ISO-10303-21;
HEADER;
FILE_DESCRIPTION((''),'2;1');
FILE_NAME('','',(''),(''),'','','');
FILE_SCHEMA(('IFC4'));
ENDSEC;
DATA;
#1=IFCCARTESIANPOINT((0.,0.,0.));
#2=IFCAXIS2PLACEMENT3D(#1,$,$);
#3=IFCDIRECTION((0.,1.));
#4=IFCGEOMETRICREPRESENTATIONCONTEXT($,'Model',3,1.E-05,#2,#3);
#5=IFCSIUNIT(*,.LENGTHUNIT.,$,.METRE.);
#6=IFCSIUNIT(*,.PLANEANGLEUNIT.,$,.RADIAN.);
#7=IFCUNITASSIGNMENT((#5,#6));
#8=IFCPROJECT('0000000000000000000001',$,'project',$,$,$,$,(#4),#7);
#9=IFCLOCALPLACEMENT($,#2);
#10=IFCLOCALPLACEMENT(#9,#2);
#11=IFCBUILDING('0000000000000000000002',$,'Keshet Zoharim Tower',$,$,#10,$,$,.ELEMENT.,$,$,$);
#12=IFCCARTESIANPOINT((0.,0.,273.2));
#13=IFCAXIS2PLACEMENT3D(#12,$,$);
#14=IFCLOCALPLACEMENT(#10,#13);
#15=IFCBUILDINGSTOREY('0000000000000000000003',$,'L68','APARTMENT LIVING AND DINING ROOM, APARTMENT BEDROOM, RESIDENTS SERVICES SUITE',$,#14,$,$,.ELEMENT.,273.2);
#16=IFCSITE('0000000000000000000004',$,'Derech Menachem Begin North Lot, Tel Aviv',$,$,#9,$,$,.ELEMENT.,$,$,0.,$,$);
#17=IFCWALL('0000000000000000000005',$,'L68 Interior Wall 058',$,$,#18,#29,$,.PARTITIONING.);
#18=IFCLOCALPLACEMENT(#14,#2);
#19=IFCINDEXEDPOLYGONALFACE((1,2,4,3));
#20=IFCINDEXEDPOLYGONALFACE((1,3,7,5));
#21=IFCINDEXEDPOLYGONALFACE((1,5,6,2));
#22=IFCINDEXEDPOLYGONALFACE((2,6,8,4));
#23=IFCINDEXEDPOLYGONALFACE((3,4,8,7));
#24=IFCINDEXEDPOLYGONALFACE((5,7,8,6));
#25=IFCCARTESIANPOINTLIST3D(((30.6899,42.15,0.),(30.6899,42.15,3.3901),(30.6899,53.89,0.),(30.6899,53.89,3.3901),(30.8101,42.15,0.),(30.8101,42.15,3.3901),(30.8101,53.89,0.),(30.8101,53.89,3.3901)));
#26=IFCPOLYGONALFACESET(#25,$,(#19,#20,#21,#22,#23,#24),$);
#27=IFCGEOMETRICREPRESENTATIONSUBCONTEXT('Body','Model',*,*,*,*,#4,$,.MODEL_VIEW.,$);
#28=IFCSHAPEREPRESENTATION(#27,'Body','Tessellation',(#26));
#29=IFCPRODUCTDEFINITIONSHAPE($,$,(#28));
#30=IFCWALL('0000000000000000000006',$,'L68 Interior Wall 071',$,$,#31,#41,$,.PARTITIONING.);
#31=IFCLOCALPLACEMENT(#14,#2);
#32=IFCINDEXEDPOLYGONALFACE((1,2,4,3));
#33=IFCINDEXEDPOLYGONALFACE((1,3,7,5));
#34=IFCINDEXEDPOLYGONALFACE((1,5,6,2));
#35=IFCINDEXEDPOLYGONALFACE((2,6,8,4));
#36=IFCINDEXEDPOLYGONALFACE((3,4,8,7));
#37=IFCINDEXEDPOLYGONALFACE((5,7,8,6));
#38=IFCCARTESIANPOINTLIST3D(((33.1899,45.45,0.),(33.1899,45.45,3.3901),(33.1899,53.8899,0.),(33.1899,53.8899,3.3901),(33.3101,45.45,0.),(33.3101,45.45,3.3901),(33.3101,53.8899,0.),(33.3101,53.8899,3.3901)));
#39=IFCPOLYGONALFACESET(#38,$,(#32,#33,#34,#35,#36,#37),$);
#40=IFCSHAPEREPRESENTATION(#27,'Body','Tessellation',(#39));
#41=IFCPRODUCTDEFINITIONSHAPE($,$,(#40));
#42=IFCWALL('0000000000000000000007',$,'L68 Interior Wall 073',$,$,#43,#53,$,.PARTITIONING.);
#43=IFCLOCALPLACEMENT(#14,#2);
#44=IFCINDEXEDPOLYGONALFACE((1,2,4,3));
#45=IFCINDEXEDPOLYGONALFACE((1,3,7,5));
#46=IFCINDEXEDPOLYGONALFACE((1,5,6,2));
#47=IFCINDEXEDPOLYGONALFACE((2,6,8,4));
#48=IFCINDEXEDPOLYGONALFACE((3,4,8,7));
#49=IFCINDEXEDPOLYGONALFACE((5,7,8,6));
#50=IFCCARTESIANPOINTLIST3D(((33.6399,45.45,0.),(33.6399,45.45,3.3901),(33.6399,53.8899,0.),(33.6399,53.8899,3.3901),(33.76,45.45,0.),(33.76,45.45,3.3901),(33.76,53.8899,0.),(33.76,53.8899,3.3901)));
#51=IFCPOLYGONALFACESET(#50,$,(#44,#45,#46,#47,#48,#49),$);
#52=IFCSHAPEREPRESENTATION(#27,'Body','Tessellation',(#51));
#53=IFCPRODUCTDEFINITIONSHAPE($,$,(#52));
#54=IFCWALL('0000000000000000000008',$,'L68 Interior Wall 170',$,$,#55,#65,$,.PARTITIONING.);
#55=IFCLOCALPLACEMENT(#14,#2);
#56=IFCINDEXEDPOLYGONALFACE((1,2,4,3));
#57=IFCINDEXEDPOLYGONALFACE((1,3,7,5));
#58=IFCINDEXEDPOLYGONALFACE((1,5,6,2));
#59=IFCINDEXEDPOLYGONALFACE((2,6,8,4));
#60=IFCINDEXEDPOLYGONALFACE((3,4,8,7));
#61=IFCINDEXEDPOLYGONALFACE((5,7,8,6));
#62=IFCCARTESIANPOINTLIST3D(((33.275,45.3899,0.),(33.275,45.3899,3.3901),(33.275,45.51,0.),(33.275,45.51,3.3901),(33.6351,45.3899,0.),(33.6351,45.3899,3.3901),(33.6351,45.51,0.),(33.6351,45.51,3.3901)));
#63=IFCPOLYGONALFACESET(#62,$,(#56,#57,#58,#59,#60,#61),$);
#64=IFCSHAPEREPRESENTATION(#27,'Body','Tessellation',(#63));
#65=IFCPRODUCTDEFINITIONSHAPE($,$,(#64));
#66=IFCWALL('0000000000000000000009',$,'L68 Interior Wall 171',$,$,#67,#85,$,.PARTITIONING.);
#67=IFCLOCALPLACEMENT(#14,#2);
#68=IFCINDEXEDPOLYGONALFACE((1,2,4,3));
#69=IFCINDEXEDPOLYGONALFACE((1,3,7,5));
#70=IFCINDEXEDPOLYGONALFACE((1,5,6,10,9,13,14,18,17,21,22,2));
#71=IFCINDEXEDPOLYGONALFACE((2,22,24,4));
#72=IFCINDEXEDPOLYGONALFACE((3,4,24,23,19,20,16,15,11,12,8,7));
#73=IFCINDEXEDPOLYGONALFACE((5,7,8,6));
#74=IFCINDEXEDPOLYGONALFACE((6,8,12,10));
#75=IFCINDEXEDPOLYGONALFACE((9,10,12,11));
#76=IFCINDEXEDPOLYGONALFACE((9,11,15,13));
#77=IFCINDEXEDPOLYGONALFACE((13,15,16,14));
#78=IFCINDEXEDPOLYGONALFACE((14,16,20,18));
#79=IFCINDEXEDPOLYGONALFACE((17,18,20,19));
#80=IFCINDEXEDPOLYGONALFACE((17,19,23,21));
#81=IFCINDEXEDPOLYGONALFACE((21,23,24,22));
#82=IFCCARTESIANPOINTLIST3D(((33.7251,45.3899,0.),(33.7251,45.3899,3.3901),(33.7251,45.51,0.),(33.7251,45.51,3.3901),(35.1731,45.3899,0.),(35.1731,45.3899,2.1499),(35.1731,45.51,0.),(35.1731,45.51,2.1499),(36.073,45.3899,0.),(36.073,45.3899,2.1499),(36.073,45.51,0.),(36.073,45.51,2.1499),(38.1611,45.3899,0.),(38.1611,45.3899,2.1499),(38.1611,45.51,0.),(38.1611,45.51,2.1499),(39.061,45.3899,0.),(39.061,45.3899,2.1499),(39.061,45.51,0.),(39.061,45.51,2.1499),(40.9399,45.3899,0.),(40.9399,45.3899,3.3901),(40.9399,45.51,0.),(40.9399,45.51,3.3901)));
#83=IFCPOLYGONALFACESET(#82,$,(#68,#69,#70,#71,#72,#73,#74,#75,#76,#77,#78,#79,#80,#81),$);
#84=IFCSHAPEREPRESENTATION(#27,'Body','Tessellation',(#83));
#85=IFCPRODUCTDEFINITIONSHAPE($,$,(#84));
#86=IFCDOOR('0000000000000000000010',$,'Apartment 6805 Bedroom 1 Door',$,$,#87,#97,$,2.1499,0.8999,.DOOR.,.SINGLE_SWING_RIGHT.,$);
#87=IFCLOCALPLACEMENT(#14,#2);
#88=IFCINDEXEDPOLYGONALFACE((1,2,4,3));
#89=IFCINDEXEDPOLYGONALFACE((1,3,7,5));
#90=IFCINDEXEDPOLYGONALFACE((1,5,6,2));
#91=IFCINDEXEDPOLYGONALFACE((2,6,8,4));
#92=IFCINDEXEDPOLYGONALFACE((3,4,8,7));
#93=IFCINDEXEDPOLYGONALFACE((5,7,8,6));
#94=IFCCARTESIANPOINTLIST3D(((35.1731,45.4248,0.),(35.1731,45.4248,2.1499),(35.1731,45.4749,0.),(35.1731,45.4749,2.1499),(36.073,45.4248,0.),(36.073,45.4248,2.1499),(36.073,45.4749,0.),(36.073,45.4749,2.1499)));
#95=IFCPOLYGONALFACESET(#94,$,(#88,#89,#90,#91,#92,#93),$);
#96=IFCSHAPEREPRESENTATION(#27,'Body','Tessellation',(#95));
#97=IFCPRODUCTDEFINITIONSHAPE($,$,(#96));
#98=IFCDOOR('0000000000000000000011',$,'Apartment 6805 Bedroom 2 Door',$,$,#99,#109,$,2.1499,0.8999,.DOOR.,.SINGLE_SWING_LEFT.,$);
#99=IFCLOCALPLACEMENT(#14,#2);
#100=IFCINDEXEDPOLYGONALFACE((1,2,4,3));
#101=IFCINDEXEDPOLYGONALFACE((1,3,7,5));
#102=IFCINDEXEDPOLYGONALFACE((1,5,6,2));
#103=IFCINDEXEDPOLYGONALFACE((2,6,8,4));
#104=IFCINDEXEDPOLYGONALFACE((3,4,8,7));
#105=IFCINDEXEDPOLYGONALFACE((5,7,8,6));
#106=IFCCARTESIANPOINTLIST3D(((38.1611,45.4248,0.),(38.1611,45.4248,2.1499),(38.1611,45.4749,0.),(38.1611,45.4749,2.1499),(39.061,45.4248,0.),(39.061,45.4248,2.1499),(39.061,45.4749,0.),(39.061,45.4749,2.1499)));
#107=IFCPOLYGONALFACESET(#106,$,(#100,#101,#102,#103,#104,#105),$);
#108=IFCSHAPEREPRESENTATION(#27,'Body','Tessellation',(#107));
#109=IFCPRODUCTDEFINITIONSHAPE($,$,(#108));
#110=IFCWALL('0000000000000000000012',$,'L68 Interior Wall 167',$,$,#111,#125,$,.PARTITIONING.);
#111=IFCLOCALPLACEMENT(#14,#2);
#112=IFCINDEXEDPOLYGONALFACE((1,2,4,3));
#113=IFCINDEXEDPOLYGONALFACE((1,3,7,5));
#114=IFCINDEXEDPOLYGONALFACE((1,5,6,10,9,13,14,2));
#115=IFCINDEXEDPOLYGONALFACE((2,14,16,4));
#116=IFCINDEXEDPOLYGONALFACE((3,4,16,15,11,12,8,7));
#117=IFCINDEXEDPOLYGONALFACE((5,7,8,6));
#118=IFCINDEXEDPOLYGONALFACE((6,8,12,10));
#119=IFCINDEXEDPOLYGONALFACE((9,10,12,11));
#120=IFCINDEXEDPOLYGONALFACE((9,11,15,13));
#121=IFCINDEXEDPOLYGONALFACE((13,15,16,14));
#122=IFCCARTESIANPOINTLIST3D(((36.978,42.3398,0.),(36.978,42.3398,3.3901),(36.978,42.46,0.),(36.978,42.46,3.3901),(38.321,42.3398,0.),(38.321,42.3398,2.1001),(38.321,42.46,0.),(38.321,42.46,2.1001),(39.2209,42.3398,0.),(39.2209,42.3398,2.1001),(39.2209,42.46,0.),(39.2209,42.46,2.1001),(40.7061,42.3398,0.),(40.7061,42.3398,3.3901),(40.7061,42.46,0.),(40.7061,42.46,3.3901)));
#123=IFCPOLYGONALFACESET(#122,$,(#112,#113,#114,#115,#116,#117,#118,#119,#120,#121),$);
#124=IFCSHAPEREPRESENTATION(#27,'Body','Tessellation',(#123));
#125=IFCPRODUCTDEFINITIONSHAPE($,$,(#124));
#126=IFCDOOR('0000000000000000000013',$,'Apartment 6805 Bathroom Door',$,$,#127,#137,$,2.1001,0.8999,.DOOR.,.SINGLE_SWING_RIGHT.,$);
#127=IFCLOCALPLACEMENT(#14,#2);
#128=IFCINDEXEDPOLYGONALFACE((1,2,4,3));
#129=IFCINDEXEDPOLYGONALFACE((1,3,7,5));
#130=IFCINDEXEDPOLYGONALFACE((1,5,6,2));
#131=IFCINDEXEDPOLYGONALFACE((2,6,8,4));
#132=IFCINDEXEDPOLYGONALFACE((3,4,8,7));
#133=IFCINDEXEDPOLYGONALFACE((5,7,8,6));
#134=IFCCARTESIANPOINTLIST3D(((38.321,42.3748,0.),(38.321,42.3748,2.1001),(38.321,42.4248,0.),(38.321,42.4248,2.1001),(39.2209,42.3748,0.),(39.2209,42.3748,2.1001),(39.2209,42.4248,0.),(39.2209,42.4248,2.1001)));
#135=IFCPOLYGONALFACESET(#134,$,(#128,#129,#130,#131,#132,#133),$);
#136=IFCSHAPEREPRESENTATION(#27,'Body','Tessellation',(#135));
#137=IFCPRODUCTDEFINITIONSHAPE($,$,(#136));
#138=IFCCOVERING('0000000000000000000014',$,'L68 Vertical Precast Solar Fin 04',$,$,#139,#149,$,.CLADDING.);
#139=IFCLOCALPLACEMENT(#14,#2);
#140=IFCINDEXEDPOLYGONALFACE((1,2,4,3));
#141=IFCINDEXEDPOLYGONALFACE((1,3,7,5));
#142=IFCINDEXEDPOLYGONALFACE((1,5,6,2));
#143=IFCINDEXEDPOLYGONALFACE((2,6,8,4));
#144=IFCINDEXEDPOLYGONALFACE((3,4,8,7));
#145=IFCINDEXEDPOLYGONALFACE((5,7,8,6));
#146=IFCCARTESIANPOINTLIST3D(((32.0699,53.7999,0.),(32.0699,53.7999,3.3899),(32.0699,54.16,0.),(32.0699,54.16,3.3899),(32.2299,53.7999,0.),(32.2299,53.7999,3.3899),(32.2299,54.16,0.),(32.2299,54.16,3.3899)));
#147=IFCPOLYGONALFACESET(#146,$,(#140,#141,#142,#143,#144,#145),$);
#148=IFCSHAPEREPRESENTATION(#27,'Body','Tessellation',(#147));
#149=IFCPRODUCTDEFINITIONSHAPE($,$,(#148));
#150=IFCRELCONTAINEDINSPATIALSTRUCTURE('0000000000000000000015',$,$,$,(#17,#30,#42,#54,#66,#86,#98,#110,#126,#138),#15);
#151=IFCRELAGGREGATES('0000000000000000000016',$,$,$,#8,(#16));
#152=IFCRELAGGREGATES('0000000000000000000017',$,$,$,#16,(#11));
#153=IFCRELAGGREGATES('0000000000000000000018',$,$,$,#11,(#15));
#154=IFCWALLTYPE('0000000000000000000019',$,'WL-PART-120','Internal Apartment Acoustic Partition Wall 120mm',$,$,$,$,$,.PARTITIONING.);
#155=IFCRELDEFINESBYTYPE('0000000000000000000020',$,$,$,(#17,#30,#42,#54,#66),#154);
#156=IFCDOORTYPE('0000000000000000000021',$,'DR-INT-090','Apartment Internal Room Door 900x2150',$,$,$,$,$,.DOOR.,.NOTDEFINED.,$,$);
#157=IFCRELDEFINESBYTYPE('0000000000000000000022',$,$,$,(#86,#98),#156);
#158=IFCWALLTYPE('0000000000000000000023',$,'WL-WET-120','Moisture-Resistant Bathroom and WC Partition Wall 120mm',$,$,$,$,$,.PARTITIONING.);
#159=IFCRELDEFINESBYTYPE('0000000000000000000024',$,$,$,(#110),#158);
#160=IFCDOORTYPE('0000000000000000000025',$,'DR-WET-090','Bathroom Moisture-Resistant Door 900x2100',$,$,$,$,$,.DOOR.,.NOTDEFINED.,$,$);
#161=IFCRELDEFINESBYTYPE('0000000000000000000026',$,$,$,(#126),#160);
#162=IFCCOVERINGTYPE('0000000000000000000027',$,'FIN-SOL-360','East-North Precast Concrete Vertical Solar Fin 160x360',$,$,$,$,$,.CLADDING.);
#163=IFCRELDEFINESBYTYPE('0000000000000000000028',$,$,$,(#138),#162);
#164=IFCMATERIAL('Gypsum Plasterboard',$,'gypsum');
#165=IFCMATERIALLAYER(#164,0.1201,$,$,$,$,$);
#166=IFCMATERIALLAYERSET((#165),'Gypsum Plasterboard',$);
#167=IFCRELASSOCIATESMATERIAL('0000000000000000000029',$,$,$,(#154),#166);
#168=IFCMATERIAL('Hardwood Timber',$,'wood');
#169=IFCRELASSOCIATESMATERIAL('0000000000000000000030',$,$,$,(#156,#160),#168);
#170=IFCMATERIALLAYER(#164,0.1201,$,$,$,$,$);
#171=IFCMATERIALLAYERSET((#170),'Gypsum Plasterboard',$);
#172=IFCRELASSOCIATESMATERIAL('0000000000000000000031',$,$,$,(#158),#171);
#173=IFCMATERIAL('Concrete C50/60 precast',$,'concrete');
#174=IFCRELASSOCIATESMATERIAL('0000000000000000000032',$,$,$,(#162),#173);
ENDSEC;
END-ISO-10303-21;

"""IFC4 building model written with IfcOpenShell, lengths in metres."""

from ifc_helpers import new_model, si_unit, direction, frame, frame_2d, origin, origin_2d, place, context, subcontext, project, spatial, rectangle, extrude, material, layer, layer_set, type_object, element, fill, save


model = new_model("IFC4")

# Units and contexts
model_context = context("Model", 3, precision=1e-05, world=origin(), true_north=direction((0.0, 1.0)))
body_context = subcontext(model_context, "Body", "Model", "MODEL_VIEW")
ifc_project = project(units=[si_unit("LENGTHUNIT", "METRE"), si_unit("PLANEANGLEUNIT", "RADIAN")], contexts=[model_context])

# Site, building, storey
site_placement = place(None, origin())
site = spatial("IfcSite", under=ifc_project, at=site_placement, Name="Derech Menachem Begin North Lot, Tel Aviv", CompositionType="ELEMENT", RefElevation=0.0)
building_placement = place(site_placement, origin())
building = spatial("IfcBuilding", under=site, at=building_placement, Name="Keshet Zoharim Tower", CompositionType="ELEMENT")
storey_placement = place(building_placement, frame((0.0, 0.0, 273.2)))
storey = spatial("IfcBuildingStorey", under=building, at=storey_placement, Name="L68", Description="APARTMENT LIVING AND DINING ROOM, APARTMENT BEDROOM, RESIDENTS SERVICES SUITE", CompositionType="ELEMENT", Elevation=273.2)

# Walls
ifc_material_1 = material(Name="Gypsum Plasterboard", Category="gypsum")
ifc_layer_1 = layer(ifc_material_1, 0.1201)
ifc_layer_set_1 = layer_set([ifc_layer_1], Name="Gypsum Plasterboard")
wall_type_1 = type_object("IfcWallType", Name="WL-PART-120", Description="Internal Apartment Acoustic Partition Wall 120mm", PredefinedType="PARTITIONING", material=ifc_layer_set_1)
for number, where, z_axis, x_axis, name in (
    (1, (30.75, 42.1499, 0.0), (0.0, 0.0, 1.0), (0.0, 1.0, 0.0), "L68 Interior Wall 058"),
):
    element("IfcWall", number, at=place(storey_placement, frame(where, z_axis=z_axis, x_axis=x_axis)), inside=storey, type_object=wall_type_1, Name=name, PredefinedType="PARTITIONING", context=body_context, shape_type="SweptSolid", body=[
        extrude(rectangle(XDim=11.74, YDim=0.1201, at=frame_2d((5.8701, 0.0))), origin(), (0.0, 0.0, 1.0), 3.3901),
    ])
for number, where, z_axis, x_axis, name in (
    (2, (33.25, 45.45, 0.0), (0.0, 0.0, 1.0), (0.0, 1.0, 0.0), "L68 Interior Wall 071"),
    (3, (33.7, 45.45, 0.0), (0.0, 0.0, 1.0), (0.0, 1.0, 0.0), "L68 Interior Wall 073"),
):
    element("IfcWall", number, at=place(storey_placement, frame(where, z_axis=z_axis, x_axis=x_axis)), inside=storey, type_object=wall_type_1, Name=name, PredefinedType="PARTITIONING", context=body_context, shape_type="SweptSolid", body=[
        extrude(rectangle(XDim=8.4399, YDim=0.1201, at=frame_2d((4.22, 0.0))), origin(), (0.0, 0.0, 1.0), 3.3901),
    ])

# Shared definitions
ifc_material_2 = material(Name="Hardwood Timber", Category="wood")
door_type_1 = type_object("IfcDoorType", Name="DR-INT-090", Description="Apartment Internal Room Door 900x2150", OperationType="NOTDEFINED", PredefinedType="DOOR", material=ifc_material_2)

# Wall
wall_1_placement = place(storey_placement, frame((33.2749, 45.45, 0.0), z_axis=(0.0, 0.0, 1.0), x_axis=(1.0, 0.0, 0.0)))
element("IfcWall", 4, at=wall_1_placement, inside=storey, type_object=wall_type_1, Name="L68 Interior Wall 170", PredefinedType="PARTITIONING", context=body_context, shape_type="SweptSolid", body=[
    extrude(rectangle(XDim=0.3601, YDim=0.1201, at=frame_2d((0.1802, 0.0))), origin(), (0.0, 0.0, 1.0), 3.3901),
])

# Wall, openings, doors
wall_2_placement = place(storey_placement, frame((33.7251, 45.45, 0.0), z_axis=(0.0, 0.0, 1.0), x_axis=(1.0, 0.0, 0.0)))
wall_2 = element("IfcWall", 5, at=wall_2_placement, inside=storey, type_object=wall_type_1, Name="L68 Interior Wall 171", PredefinedType="PARTITIONING", context=body_context, shape_type="SweptSolid", body=[
    extrude(rectangle(XDim=7.2148, YDim=0.1201, at=frame_2d((3.6074, 0.0))), origin(), (0.0, 0.0, 1.0), 3.3901),
])
opening_1_placement = place(wall_2_placement, frame((1.448, 0.0, 0.0)))
opening_1 = element("IfcOpeningElement", 6, at=opening_1_placement, cuts=wall_2, PredefinedType="OPENING", context=body_context, shape_type="SweptSolid", body=[
    extrude(rectangle(XDim=0.8999, YDim=2.1499, at=frame_2d((0.45, 1.075))), frame((0.0, 0.0701, 0.0), z_axis=(0.0, -1.0, 0.0), x_axis=(1.0, 0.0, 0.0)), (0.0, 0.0, 1.0), 0.1401),
])
opening_2_placement = place(wall_2_placement, frame((4.436, 0.0, 0.0)))
opening_2 = element("IfcOpeningElement", 7, at=opening_2_placement, cuts=wall_2, PredefinedType="OPENING", context=body_context, shape_type="SweptSolid", body=[
    extrude(rectangle(XDim=0.8999, YDim=2.1499, at=frame_2d((0.45, 1.075))), frame((0.0, 0.0701, 0.0), z_axis=(0.0, -1.0, 0.0), x_axis=(1.0, 0.0, 0.0)), (0.0, 0.0, 1.0), 0.1401),
])
door_1_placement = place(opening_1_placement, origin())
door_1 = element("IfcDoor", 8, at=door_1_placement, inside=storey, type_object=door_type_1, Name="Apartment 6805 Bedroom 1 Door", OperationType="SINGLE_SWING_RIGHT", OverallHeight=2.1499, OverallWidth=0.8999, PredefinedType="DOOR", context=body_context, shape_type="SweptSolid", body=[
    extrude(rectangle(XDim=0.8999, YDim=2.1499, at=frame_2d((0.45, 1.075))), frame((0.0, 0.0249, 0.0), z_axis=(0.0, -1.0, 0.0), x_axis=(1.0, 0.0, 0.0)), (0.0, 0.0, 1.0), 0.05),
])
fill(opening_1, door_1)
door_2_placement = place(opening_2_placement, origin())
door_2 = element("IfcDoor", 9, at=door_2_placement, inside=storey, type_object=door_type_1, Name="Apartment 6805 Bedroom 2 Door", OperationType="SINGLE_SWING_LEFT", OverallHeight=2.1499, OverallWidth=0.8999, PredefinedType="DOOR", context=body_context, shape_type="SweptSolid", body=[
    extrude(rectangle(XDim=0.8999, YDim=2.1499, at=frame_2d((0.45, 1.075))), frame((0.0, 0.0249, 0.0), z_axis=(0.0, -1.0, 0.0), x_axis=(1.0, 0.0, 0.0)), (0.0, 0.0, 1.0), 0.05),
])
fill(opening_2, door_2)

# Wall, opening, door
ifc_layer_2 = layer(ifc_material_1, 0.1201)
ifc_layer_set_2 = layer_set([ifc_layer_2], Name="Gypsum Plasterboard")
wall_type_2 = type_object("IfcWallType", Name="WL-WET-120", Description="Moisture-Resistant Bathroom and WC Partition Wall 120mm", PredefinedType="PARTITIONING", material=ifc_layer_set_2)
wall_3_placement = place(storey_placement, frame((36.978, 42.3999, 0.0), z_axis=(0.0, 0.0, 1.0), x_axis=(1.0, 0.0, 0.0)))
wall_3 = element("IfcWall", 10, at=wall_3_placement, inside=storey, type_object=wall_type_2, Name="L68 Interior Wall 167", PredefinedType="PARTITIONING", context=body_context, shape_type="SweptSolid", body=[
    extrude(rectangle(XDim=3.728, YDim=0.1201, at=frame_2d((1.864, 0.0))), origin(), (0.0, 0.0, 1.0), 3.3901),
])
opening_3_placement = place(wall_3_placement, frame((1.343, 0.0, 0.0)))
opening_3 = element("IfcOpeningElement", 11, at=opening_3_placement, cuts=wall_3, PredefinedType="OPENING", context=body_context, shape_type="SweptSolid", body=[
    extrude(rectangle(XDim=0.8999, YDim=2.1001, at=frame_2d((0.45, 1.05))), frame((0.0, 0.0701, 0.0), z_axis=(0.0, -1.0, 0.0), x_axis=(1.0, 0.0, 0.0)), (0.0, 0.0, 1.0), 0.1401),
])
door_type_2 = type_object("IfcDoorType", Name="DR-WET-090", Description="Bathroom Moisture-Resistant Door 900x2100", OperationType="NOTDEFINED", PredefinedType="DOOR", material=ifc_material_2)
door_3_placement = place(opening_3_placement, origin())
door_3 = element("IfcDoor", 12, at=door_3_placement, inside=storey, type_object=door_type_2, Name="Apartment 6805 Bathroom Door", OperationType="SINGLE_SWING_RIGHT", OverallHeight=2.1001, OverallWidth=0.8999, PredefinedType="DOOR", context=body_context, shape_type="SweptSolid", body=[
    extrude(rectangle(XDim=0.8999, YDim=2.1001, at=frame_2d((0.45, 1.05))), frame((0.0, 0.0249, 0.0), z_axis=(0.0, -1.0, 0.0), x_axis=(1.0, 0.0, 0.0)), (0.0, 0.0, 1.0), 0.05),
])
fill(opening_3, door_3)

# Covering
ifc_material_3 = material(Name="Concrete C50/60 precast", Category="concrete")
covering_type = type_object("IfcCoveringType", Name="FIN-SOL-360", Description="East-North Precast Concrete Vertical Solar Fin 160x360", PredefinedType="CLADDING", material=ifc_material_3)
covering_placement = place(storey_placement, frame((32.1499, 53.98, 0.0), z_axis=(0.0, 0.0, 1.0), x_axis=(1.0, 0.0, 0.0)))
element("IfcCovering", 13, at=covering_placement, inside=storey, type_object=covering_type, Name="L68 Vertical Precast Solar Fin 04", PredefinedType="CLADDING", context=body_context, shape_type="SweptSolid", body=[
    extrude(rectangle(XDim=0.1599, YDim=0.3601, at=origin_2d()), origin(), (0.0, 0.0, 1.0), 3.3899),
])

save(model, "model.ifc")
